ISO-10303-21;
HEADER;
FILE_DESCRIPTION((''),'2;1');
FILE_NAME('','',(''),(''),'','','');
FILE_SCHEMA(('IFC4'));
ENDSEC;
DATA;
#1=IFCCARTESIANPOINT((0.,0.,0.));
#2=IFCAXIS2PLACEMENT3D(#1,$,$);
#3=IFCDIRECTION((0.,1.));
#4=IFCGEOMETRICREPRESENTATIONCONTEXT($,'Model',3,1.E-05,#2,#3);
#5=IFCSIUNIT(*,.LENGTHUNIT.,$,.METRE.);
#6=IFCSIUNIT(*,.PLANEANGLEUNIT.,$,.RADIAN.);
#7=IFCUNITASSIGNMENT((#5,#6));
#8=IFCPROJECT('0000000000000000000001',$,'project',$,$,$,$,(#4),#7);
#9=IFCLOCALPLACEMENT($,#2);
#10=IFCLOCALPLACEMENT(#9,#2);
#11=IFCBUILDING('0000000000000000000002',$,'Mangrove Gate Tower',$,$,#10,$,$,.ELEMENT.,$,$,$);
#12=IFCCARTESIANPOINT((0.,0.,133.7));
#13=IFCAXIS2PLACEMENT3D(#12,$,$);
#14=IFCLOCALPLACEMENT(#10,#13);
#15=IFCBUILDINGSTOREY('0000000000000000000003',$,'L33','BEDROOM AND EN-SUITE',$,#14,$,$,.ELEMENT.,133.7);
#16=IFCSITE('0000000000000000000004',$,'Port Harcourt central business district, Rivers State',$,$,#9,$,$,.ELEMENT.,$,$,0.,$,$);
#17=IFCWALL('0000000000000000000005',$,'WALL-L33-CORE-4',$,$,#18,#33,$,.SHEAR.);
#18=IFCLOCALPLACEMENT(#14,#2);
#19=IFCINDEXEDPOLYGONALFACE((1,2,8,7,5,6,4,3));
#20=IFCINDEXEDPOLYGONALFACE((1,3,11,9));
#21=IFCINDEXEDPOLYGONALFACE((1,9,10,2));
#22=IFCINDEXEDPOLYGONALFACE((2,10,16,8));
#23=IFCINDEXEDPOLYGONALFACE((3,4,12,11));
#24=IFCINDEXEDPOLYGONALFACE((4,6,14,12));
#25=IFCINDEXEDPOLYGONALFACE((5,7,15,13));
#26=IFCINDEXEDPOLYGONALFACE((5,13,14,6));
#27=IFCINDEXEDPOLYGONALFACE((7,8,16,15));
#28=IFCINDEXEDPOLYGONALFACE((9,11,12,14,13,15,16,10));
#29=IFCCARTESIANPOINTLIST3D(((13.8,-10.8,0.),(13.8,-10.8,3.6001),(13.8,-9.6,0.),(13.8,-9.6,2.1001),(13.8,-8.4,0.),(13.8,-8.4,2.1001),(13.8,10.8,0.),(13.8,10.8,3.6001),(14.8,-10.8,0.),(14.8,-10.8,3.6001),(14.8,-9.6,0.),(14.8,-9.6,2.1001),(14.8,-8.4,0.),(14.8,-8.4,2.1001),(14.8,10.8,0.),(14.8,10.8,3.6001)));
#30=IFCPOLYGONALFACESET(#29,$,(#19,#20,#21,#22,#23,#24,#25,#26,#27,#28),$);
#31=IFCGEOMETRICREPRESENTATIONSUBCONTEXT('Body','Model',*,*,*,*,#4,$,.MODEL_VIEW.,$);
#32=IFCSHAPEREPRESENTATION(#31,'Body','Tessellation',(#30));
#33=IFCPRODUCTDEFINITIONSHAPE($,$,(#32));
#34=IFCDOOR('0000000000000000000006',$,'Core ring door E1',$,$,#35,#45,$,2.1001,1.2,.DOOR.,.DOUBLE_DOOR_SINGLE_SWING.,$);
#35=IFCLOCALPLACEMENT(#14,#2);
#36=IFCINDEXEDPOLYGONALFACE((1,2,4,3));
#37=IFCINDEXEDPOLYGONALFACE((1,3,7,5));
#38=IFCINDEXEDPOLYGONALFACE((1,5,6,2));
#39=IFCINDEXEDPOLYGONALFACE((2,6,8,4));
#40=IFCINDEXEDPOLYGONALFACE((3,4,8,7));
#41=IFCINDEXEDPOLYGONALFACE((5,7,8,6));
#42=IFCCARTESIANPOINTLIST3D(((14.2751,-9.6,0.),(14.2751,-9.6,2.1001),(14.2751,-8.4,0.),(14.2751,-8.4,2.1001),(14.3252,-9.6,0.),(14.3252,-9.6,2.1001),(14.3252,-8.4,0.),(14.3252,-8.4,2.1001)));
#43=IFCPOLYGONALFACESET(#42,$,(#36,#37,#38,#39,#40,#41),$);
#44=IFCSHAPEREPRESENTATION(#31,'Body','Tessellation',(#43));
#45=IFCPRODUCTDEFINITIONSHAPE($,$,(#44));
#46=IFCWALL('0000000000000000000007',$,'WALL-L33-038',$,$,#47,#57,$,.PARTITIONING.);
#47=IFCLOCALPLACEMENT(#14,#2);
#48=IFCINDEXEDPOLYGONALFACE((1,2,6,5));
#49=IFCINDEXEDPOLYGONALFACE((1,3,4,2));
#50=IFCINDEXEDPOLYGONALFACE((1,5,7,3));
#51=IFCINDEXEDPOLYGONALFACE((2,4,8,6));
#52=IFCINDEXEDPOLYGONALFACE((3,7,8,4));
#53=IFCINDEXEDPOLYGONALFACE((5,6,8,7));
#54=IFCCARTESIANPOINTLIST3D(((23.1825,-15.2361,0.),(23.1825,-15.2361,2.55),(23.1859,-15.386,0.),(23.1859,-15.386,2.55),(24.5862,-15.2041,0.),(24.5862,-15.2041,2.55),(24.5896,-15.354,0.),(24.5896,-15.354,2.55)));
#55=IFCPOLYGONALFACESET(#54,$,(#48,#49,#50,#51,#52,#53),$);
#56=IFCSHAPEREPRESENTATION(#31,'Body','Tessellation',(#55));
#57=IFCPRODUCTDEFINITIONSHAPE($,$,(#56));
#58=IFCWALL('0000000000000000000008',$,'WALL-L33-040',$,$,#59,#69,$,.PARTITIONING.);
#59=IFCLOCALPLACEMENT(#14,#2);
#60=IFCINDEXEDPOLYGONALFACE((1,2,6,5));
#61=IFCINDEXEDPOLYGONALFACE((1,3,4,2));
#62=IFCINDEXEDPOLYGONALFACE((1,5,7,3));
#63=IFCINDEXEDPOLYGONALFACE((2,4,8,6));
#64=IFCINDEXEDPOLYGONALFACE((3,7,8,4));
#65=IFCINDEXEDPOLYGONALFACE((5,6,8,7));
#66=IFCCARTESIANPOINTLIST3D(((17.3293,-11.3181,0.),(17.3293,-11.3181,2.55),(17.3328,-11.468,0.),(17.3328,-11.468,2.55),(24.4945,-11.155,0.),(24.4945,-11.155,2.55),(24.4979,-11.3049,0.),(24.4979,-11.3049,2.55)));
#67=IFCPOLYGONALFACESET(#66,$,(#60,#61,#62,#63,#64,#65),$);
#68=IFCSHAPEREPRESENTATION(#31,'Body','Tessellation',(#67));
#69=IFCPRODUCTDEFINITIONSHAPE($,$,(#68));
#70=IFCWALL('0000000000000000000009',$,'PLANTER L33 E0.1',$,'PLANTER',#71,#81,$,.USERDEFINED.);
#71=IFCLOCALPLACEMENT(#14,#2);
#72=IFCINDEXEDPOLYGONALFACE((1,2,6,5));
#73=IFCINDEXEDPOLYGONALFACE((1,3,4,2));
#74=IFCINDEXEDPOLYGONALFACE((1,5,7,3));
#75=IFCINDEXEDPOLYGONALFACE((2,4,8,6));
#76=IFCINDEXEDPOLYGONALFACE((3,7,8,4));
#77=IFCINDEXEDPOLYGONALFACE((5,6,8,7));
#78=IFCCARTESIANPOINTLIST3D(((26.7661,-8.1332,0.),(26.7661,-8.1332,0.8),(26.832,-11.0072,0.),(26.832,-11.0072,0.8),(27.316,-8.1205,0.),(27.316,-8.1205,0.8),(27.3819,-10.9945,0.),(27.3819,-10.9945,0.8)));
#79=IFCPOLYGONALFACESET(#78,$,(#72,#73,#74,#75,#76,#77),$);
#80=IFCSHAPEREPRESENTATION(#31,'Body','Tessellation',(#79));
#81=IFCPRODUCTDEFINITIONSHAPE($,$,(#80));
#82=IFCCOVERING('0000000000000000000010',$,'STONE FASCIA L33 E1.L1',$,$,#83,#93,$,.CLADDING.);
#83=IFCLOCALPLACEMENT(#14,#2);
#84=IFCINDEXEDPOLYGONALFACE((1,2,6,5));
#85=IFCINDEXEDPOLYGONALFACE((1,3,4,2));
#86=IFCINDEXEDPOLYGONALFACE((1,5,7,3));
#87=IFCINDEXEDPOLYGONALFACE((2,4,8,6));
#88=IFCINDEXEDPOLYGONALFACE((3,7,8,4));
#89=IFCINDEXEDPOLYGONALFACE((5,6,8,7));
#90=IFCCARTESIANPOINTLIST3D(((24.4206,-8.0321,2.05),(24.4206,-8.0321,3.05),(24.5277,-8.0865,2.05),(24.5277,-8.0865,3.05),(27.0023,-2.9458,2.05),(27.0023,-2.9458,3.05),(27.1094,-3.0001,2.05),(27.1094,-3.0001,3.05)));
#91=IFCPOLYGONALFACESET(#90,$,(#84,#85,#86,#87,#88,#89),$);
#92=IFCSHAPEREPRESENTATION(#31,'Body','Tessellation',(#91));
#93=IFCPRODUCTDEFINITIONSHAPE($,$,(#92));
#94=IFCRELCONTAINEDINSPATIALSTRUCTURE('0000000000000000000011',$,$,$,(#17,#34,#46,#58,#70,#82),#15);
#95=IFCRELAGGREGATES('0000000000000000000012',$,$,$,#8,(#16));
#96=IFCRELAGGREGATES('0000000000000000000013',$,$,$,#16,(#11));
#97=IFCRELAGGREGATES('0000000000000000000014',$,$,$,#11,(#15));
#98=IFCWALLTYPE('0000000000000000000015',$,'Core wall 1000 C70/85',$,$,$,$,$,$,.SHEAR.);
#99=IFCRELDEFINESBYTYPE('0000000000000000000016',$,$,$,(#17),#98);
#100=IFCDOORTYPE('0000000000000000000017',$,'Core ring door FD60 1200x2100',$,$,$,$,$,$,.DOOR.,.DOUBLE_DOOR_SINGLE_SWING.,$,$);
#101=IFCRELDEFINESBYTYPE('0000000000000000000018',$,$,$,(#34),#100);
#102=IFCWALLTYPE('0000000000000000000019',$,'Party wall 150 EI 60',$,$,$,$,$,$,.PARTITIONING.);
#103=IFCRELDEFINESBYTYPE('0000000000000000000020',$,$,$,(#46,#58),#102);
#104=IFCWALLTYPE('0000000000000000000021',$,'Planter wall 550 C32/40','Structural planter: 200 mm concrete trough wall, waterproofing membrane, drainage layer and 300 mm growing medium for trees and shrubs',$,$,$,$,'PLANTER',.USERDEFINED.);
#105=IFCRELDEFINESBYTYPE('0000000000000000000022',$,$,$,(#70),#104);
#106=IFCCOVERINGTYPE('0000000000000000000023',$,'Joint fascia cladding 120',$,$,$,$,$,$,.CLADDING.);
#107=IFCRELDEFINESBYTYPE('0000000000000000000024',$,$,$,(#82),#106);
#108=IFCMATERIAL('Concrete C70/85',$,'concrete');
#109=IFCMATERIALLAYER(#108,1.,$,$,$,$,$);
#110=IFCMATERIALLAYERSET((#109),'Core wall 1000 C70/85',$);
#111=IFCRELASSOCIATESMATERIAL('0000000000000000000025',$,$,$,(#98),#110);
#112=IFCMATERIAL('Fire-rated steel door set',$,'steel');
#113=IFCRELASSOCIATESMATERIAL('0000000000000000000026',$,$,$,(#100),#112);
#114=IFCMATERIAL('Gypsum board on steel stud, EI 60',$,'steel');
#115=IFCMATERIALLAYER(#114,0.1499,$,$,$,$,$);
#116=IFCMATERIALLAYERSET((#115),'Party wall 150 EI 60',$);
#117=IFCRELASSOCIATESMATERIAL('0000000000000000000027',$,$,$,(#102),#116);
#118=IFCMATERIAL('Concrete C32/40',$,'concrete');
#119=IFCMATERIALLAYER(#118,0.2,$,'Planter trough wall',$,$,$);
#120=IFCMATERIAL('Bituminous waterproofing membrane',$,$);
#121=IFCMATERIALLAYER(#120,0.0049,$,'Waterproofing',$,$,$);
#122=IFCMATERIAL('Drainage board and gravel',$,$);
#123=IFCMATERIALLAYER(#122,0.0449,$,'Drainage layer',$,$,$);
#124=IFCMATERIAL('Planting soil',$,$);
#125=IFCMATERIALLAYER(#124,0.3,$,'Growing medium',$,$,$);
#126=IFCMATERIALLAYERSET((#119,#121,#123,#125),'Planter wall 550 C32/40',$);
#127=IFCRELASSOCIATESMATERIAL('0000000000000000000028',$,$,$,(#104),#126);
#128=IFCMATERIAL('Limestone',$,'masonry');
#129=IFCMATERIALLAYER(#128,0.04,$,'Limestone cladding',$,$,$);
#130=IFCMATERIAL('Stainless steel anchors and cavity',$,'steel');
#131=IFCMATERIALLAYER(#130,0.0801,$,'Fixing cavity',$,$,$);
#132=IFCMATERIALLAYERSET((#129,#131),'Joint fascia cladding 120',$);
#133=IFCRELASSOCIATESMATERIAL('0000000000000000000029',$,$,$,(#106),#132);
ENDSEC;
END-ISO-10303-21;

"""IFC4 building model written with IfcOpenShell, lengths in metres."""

from ifc_helpers import new_model, si_unit, direction, frame, frame_2d, origin, place, context, subcontext, project, spatial, rectangle, extrude, material, layer, layer_set, type_object, element, fill, save


model = new_model("IFC4")

# Units and contexts
model_context = context("Model", 3, precision=1e-05, world=origin(), true_north=direction((0.0, 1.0)))
body_context = subcontext(model_context, "Body", "Model", "MODEL_VIEW")
ifc_project = project(units=[si_unit("LENGTHUNIT", "METRE"), si_unit("PLANEANGLEUNIT", "RADIAN")], contexts=[model_context])

# Site, building, storey
site_placement = place(None, origin())
site = spatial("IfcSite", under=ifc_project, at=site_placement, Name="Port Harcourt central business district, Rivers State", CompositionType="ELEMENT", RefElevation=0.0)
building_placement = place(site_placement, origin())
building = spatial("IfcBuilding", under=site, at=building_placement, Name="Mangrove Gate Tower", CompositionType="ELEMENT")
storey_placement = place(building_placement, frame((0.0, 0.0, 133.7)))
storey = spatial("IfcBuildingStorey", under=building, at=storey_placement, Name="L33", Description="BEDROOM AND EN-SUITE", CompositionType="ELEMENT", Elevation=133.7)

# Wall, opening, door
ifc_material_1 = material(Name="Concrete C70/85", Category="concrete")
ifc_layer_1 = layer(ifc_material_1, 1.0)
ifc_layer_set_1 = layer_set([ifc_layer_1], Name="Core wall 1000 C70/85")
wall_type_1 = type_object("IfcWallType", Name="Core wall 1000 C70/85", PredefinedType="SHEAR", material=ifc_layer_set_1)
wall_1_placement = place(storey_placement, frame((14.3, -10.8, 0.0), z_axis=(0.0, 0.0, 1.0), x_axis=(0.0, 1.0, 0.0)))
wall_1 = element("IfcWall", 1, at=wall_1_placement, inside=storey, type_object=wall_type_1, Name="WALL-L33-CORE-4", PredefinedType="SHEAR", context=body_context, shape_type="SweptSolid", body=[
    extrude(rectangle(XDim=21.6001, YDim=1.0, at=frame_2d((10.8, 0.0))), origin(), (0.0, 0.0, 1.0), 3.6001),
])
opening_placement = place(wall_1_placement, frame((1.2, 0.0, 0.0)))
opening = element("IfcOpeningElement", 2, at=opening_placement, cuts=wall_1, PredefinedType="OPENING", context=body_context, shape_type="SweptSolid", body=[
    extrude(rectangle(XDim=1.2, YDim=2.1001, at=frame_2d((0.6001, 1.05))), frame((0.0, 0.51, 0.0), z_axis=(0.0, -1.0, 0.0), x_axis=(1.0, 0.0, 0.0)), (0.0, 0.0, 1.0), 1.02),
])
ifc_material_2 = material(Name="Fire-rated steel door set", Category="steel")
door_type = type_object("IfcDoorType", Name="Core ring door FD60 1200x2100", OperationType="DOUBLE_DOOR_SINGLE_SWING", PredefinedType="DOOR", material=ifc_material_2)
door_placement = place(opening_placement, origin())
door = element("IfcDoor", 3, at=door_placement, inside=storey, type_object=door_type, Name="Core ring door E1", OperationType="DOUBLE_DOOR_SINGLE_SWING", OverallHeight=2.1001, OverallWidth=1.2, PredefinedType="DOOR", context=body_context, shape_type="SweptSolid", body=[
    extrude(rectangle(XDim=1.2, YDim=2.1001, at=frame_2d((0.6001, 1.05))), frame((0.0, 0.0249, 0.0), z_axis=(0.0, -1.0, 0.0), x_axis=(1.0, 0.0, 0.0)), (0.0, 0.0, 1.0), 0.05),
])
fill(opening, door)

# Walls
ifc_material_3 = material(Name="Gypsum board on steel stud, EI 60", Category="steel")
ifc_layer_2 = layer(ifc_material_3, 0.1499)
ifc_layer_set_2 = layer_set([ifc_layer_2], Name="Party wall 150 EI 60")
wall_type_2 = type_object("IfcWallType", Name="Party wall 150 EI 60", PredefinedType="PARTITIONING", material=ifc_layer_set_2)
wall_2_placement = place(storey_placement, frame((23.1841, -15.311, 0.0), z_axis=(0.0, 0.0, 1.0), x_axis=(0.999741, 0.022777, 0.0)))
element("IfcWall", 4, at=wall_2_placement, inside=storey, type_object=wall_type_2, Name="WALL-L33-038", PredefinedType="PARTITIONING", context=body_context, shape_type="SweptSolid", body=[
    extrude(rectangle(XDim=1.4041, YDim=0.1499, at=frame_2d((0.7021, 0.0))), origin(), (0.0, 0.0, 1.0), 2.55),
])
wall_3_placement = place(storey_placement, frame((17.3311, -11.3931, 0.0), z_axis=(0.0, 0.0, 1.0), x_axis=(0.999741, 0.022755, 0.0)))
element("IfcWall", 5, at=wall_3_placement, inside=storey, type_object=wall_type_2, Name="WALL-L33-040", PredefinedType="PARTITIONING", context=body_context, shape_type="SweptSolid", body=[
    extrude(rectangle(XDim=7.167, YDim=0.1499, at=frame_2d((3.5835, 0.0))), origin(), (0.0, 0.0, 1.0), 2.55),
])
ifc_material_4 = material(Name="Concrete C32/40", Category="concrete")
ifc_layer_3 = layer(ifc_material_4, 0.2, Name="Planter trough wall")
ifc_material_5 = material(Name="Bituminous waterproofing membrane")
ifc_layer_4 = layer(ifc_material_5, 0.0049, Name="Waterproofing")
ifc_material_6 = material(Name="Drainage board and gravel")
ifc_layer_5 = layer(ifc_material_6, 0.0449, Name="Drainage layer")
ifc_material_7 = material(Name="Planting soil")
ifc_layer_6 = layer(ifc_material_7, 0.3, Name="Growing medium")
ifc_layer_set_3 = layer_set([ifc_layer_3, ifc_layer_4, ifc_layer_5, ifc_layer_6], Name="Planter wall 550 C32/40")
wall_type_3 = type_object("IfcWallType", Name="Planter wall 550 C32/40", Description="Structural planter: 200 mm concrete trough wall, waterproofing membrane, drainage layer and 300 mm growing medium for trees and shrubs", ElementType="PLANTER", PredefinedType="USERDEFINED", material=ifc_layer_set_3)
wall_4_placement = place(storey_placement, frame((27.1069, -11.001, 0.0), z_axis=(0.0, 0.0, 1.0), x_axis=(-0.02293, 0.999737, 0.0)))
element("IfcWall", 6, at=wall_4_placement, inside=storey, type_object=wall_type_3, Name="PLANTER L33 E0.1", ObjectType="PLANTER", PredefinedType="USERDEFINED", context=body_context, shape_type="SweptSolid", body=[
    extrude(rectangle(XDim=2.8748, YDim=0.55, at=frame_2d((1.4375, 0.0))), origin(), (0.0, 0.0, 1.0), 0.8),
])

# Covering
ifc_material_8 = material(Name="Limestone", Category="masonry")
ifc_layer_7 = layer(ifc_material_8, 0.04, Name="Limestone cladding")
ifc_material_9 = material(Name="Stainless steel anchors and cavity", Category="steel")
ifc_layer_8 = layer(ifc_material_9, 0.0801, Name="Fixing cavity")
ifc_layer_set_4 = layer_set([ifc_layer_7, ifc_layer_8], Name="Joint fascia cladding 120")
covering_type = type_object("IfcCoveringType", Name="Joint fascia cladding 120", PredefinedType="CLADDING", material=ifc_layer_set_4)
covering_placement = place(storey_placement, frame((24.4741, -8.0593, 2.05), z_axis=(0.0, 0.0, 1.0), x_axis=(0.452615, 0.891706, 0.0)))
element("IfcCovering", 7, at=covering_placement, inside=storey, type_object=covering_type, Name="STONE FASCIA L33 E1.L1", PredefinedType="CLADDING", context=body_context, shape_type="SweptSolid", body=[
    extrude(rectangle(XDim=5.7041, YDim=0.1201, at=frame_2d((2.8521, 0.0))), origin(), (0.0, 0.0, 1.0), 1.0),
])

save(model, "model.ifc")
